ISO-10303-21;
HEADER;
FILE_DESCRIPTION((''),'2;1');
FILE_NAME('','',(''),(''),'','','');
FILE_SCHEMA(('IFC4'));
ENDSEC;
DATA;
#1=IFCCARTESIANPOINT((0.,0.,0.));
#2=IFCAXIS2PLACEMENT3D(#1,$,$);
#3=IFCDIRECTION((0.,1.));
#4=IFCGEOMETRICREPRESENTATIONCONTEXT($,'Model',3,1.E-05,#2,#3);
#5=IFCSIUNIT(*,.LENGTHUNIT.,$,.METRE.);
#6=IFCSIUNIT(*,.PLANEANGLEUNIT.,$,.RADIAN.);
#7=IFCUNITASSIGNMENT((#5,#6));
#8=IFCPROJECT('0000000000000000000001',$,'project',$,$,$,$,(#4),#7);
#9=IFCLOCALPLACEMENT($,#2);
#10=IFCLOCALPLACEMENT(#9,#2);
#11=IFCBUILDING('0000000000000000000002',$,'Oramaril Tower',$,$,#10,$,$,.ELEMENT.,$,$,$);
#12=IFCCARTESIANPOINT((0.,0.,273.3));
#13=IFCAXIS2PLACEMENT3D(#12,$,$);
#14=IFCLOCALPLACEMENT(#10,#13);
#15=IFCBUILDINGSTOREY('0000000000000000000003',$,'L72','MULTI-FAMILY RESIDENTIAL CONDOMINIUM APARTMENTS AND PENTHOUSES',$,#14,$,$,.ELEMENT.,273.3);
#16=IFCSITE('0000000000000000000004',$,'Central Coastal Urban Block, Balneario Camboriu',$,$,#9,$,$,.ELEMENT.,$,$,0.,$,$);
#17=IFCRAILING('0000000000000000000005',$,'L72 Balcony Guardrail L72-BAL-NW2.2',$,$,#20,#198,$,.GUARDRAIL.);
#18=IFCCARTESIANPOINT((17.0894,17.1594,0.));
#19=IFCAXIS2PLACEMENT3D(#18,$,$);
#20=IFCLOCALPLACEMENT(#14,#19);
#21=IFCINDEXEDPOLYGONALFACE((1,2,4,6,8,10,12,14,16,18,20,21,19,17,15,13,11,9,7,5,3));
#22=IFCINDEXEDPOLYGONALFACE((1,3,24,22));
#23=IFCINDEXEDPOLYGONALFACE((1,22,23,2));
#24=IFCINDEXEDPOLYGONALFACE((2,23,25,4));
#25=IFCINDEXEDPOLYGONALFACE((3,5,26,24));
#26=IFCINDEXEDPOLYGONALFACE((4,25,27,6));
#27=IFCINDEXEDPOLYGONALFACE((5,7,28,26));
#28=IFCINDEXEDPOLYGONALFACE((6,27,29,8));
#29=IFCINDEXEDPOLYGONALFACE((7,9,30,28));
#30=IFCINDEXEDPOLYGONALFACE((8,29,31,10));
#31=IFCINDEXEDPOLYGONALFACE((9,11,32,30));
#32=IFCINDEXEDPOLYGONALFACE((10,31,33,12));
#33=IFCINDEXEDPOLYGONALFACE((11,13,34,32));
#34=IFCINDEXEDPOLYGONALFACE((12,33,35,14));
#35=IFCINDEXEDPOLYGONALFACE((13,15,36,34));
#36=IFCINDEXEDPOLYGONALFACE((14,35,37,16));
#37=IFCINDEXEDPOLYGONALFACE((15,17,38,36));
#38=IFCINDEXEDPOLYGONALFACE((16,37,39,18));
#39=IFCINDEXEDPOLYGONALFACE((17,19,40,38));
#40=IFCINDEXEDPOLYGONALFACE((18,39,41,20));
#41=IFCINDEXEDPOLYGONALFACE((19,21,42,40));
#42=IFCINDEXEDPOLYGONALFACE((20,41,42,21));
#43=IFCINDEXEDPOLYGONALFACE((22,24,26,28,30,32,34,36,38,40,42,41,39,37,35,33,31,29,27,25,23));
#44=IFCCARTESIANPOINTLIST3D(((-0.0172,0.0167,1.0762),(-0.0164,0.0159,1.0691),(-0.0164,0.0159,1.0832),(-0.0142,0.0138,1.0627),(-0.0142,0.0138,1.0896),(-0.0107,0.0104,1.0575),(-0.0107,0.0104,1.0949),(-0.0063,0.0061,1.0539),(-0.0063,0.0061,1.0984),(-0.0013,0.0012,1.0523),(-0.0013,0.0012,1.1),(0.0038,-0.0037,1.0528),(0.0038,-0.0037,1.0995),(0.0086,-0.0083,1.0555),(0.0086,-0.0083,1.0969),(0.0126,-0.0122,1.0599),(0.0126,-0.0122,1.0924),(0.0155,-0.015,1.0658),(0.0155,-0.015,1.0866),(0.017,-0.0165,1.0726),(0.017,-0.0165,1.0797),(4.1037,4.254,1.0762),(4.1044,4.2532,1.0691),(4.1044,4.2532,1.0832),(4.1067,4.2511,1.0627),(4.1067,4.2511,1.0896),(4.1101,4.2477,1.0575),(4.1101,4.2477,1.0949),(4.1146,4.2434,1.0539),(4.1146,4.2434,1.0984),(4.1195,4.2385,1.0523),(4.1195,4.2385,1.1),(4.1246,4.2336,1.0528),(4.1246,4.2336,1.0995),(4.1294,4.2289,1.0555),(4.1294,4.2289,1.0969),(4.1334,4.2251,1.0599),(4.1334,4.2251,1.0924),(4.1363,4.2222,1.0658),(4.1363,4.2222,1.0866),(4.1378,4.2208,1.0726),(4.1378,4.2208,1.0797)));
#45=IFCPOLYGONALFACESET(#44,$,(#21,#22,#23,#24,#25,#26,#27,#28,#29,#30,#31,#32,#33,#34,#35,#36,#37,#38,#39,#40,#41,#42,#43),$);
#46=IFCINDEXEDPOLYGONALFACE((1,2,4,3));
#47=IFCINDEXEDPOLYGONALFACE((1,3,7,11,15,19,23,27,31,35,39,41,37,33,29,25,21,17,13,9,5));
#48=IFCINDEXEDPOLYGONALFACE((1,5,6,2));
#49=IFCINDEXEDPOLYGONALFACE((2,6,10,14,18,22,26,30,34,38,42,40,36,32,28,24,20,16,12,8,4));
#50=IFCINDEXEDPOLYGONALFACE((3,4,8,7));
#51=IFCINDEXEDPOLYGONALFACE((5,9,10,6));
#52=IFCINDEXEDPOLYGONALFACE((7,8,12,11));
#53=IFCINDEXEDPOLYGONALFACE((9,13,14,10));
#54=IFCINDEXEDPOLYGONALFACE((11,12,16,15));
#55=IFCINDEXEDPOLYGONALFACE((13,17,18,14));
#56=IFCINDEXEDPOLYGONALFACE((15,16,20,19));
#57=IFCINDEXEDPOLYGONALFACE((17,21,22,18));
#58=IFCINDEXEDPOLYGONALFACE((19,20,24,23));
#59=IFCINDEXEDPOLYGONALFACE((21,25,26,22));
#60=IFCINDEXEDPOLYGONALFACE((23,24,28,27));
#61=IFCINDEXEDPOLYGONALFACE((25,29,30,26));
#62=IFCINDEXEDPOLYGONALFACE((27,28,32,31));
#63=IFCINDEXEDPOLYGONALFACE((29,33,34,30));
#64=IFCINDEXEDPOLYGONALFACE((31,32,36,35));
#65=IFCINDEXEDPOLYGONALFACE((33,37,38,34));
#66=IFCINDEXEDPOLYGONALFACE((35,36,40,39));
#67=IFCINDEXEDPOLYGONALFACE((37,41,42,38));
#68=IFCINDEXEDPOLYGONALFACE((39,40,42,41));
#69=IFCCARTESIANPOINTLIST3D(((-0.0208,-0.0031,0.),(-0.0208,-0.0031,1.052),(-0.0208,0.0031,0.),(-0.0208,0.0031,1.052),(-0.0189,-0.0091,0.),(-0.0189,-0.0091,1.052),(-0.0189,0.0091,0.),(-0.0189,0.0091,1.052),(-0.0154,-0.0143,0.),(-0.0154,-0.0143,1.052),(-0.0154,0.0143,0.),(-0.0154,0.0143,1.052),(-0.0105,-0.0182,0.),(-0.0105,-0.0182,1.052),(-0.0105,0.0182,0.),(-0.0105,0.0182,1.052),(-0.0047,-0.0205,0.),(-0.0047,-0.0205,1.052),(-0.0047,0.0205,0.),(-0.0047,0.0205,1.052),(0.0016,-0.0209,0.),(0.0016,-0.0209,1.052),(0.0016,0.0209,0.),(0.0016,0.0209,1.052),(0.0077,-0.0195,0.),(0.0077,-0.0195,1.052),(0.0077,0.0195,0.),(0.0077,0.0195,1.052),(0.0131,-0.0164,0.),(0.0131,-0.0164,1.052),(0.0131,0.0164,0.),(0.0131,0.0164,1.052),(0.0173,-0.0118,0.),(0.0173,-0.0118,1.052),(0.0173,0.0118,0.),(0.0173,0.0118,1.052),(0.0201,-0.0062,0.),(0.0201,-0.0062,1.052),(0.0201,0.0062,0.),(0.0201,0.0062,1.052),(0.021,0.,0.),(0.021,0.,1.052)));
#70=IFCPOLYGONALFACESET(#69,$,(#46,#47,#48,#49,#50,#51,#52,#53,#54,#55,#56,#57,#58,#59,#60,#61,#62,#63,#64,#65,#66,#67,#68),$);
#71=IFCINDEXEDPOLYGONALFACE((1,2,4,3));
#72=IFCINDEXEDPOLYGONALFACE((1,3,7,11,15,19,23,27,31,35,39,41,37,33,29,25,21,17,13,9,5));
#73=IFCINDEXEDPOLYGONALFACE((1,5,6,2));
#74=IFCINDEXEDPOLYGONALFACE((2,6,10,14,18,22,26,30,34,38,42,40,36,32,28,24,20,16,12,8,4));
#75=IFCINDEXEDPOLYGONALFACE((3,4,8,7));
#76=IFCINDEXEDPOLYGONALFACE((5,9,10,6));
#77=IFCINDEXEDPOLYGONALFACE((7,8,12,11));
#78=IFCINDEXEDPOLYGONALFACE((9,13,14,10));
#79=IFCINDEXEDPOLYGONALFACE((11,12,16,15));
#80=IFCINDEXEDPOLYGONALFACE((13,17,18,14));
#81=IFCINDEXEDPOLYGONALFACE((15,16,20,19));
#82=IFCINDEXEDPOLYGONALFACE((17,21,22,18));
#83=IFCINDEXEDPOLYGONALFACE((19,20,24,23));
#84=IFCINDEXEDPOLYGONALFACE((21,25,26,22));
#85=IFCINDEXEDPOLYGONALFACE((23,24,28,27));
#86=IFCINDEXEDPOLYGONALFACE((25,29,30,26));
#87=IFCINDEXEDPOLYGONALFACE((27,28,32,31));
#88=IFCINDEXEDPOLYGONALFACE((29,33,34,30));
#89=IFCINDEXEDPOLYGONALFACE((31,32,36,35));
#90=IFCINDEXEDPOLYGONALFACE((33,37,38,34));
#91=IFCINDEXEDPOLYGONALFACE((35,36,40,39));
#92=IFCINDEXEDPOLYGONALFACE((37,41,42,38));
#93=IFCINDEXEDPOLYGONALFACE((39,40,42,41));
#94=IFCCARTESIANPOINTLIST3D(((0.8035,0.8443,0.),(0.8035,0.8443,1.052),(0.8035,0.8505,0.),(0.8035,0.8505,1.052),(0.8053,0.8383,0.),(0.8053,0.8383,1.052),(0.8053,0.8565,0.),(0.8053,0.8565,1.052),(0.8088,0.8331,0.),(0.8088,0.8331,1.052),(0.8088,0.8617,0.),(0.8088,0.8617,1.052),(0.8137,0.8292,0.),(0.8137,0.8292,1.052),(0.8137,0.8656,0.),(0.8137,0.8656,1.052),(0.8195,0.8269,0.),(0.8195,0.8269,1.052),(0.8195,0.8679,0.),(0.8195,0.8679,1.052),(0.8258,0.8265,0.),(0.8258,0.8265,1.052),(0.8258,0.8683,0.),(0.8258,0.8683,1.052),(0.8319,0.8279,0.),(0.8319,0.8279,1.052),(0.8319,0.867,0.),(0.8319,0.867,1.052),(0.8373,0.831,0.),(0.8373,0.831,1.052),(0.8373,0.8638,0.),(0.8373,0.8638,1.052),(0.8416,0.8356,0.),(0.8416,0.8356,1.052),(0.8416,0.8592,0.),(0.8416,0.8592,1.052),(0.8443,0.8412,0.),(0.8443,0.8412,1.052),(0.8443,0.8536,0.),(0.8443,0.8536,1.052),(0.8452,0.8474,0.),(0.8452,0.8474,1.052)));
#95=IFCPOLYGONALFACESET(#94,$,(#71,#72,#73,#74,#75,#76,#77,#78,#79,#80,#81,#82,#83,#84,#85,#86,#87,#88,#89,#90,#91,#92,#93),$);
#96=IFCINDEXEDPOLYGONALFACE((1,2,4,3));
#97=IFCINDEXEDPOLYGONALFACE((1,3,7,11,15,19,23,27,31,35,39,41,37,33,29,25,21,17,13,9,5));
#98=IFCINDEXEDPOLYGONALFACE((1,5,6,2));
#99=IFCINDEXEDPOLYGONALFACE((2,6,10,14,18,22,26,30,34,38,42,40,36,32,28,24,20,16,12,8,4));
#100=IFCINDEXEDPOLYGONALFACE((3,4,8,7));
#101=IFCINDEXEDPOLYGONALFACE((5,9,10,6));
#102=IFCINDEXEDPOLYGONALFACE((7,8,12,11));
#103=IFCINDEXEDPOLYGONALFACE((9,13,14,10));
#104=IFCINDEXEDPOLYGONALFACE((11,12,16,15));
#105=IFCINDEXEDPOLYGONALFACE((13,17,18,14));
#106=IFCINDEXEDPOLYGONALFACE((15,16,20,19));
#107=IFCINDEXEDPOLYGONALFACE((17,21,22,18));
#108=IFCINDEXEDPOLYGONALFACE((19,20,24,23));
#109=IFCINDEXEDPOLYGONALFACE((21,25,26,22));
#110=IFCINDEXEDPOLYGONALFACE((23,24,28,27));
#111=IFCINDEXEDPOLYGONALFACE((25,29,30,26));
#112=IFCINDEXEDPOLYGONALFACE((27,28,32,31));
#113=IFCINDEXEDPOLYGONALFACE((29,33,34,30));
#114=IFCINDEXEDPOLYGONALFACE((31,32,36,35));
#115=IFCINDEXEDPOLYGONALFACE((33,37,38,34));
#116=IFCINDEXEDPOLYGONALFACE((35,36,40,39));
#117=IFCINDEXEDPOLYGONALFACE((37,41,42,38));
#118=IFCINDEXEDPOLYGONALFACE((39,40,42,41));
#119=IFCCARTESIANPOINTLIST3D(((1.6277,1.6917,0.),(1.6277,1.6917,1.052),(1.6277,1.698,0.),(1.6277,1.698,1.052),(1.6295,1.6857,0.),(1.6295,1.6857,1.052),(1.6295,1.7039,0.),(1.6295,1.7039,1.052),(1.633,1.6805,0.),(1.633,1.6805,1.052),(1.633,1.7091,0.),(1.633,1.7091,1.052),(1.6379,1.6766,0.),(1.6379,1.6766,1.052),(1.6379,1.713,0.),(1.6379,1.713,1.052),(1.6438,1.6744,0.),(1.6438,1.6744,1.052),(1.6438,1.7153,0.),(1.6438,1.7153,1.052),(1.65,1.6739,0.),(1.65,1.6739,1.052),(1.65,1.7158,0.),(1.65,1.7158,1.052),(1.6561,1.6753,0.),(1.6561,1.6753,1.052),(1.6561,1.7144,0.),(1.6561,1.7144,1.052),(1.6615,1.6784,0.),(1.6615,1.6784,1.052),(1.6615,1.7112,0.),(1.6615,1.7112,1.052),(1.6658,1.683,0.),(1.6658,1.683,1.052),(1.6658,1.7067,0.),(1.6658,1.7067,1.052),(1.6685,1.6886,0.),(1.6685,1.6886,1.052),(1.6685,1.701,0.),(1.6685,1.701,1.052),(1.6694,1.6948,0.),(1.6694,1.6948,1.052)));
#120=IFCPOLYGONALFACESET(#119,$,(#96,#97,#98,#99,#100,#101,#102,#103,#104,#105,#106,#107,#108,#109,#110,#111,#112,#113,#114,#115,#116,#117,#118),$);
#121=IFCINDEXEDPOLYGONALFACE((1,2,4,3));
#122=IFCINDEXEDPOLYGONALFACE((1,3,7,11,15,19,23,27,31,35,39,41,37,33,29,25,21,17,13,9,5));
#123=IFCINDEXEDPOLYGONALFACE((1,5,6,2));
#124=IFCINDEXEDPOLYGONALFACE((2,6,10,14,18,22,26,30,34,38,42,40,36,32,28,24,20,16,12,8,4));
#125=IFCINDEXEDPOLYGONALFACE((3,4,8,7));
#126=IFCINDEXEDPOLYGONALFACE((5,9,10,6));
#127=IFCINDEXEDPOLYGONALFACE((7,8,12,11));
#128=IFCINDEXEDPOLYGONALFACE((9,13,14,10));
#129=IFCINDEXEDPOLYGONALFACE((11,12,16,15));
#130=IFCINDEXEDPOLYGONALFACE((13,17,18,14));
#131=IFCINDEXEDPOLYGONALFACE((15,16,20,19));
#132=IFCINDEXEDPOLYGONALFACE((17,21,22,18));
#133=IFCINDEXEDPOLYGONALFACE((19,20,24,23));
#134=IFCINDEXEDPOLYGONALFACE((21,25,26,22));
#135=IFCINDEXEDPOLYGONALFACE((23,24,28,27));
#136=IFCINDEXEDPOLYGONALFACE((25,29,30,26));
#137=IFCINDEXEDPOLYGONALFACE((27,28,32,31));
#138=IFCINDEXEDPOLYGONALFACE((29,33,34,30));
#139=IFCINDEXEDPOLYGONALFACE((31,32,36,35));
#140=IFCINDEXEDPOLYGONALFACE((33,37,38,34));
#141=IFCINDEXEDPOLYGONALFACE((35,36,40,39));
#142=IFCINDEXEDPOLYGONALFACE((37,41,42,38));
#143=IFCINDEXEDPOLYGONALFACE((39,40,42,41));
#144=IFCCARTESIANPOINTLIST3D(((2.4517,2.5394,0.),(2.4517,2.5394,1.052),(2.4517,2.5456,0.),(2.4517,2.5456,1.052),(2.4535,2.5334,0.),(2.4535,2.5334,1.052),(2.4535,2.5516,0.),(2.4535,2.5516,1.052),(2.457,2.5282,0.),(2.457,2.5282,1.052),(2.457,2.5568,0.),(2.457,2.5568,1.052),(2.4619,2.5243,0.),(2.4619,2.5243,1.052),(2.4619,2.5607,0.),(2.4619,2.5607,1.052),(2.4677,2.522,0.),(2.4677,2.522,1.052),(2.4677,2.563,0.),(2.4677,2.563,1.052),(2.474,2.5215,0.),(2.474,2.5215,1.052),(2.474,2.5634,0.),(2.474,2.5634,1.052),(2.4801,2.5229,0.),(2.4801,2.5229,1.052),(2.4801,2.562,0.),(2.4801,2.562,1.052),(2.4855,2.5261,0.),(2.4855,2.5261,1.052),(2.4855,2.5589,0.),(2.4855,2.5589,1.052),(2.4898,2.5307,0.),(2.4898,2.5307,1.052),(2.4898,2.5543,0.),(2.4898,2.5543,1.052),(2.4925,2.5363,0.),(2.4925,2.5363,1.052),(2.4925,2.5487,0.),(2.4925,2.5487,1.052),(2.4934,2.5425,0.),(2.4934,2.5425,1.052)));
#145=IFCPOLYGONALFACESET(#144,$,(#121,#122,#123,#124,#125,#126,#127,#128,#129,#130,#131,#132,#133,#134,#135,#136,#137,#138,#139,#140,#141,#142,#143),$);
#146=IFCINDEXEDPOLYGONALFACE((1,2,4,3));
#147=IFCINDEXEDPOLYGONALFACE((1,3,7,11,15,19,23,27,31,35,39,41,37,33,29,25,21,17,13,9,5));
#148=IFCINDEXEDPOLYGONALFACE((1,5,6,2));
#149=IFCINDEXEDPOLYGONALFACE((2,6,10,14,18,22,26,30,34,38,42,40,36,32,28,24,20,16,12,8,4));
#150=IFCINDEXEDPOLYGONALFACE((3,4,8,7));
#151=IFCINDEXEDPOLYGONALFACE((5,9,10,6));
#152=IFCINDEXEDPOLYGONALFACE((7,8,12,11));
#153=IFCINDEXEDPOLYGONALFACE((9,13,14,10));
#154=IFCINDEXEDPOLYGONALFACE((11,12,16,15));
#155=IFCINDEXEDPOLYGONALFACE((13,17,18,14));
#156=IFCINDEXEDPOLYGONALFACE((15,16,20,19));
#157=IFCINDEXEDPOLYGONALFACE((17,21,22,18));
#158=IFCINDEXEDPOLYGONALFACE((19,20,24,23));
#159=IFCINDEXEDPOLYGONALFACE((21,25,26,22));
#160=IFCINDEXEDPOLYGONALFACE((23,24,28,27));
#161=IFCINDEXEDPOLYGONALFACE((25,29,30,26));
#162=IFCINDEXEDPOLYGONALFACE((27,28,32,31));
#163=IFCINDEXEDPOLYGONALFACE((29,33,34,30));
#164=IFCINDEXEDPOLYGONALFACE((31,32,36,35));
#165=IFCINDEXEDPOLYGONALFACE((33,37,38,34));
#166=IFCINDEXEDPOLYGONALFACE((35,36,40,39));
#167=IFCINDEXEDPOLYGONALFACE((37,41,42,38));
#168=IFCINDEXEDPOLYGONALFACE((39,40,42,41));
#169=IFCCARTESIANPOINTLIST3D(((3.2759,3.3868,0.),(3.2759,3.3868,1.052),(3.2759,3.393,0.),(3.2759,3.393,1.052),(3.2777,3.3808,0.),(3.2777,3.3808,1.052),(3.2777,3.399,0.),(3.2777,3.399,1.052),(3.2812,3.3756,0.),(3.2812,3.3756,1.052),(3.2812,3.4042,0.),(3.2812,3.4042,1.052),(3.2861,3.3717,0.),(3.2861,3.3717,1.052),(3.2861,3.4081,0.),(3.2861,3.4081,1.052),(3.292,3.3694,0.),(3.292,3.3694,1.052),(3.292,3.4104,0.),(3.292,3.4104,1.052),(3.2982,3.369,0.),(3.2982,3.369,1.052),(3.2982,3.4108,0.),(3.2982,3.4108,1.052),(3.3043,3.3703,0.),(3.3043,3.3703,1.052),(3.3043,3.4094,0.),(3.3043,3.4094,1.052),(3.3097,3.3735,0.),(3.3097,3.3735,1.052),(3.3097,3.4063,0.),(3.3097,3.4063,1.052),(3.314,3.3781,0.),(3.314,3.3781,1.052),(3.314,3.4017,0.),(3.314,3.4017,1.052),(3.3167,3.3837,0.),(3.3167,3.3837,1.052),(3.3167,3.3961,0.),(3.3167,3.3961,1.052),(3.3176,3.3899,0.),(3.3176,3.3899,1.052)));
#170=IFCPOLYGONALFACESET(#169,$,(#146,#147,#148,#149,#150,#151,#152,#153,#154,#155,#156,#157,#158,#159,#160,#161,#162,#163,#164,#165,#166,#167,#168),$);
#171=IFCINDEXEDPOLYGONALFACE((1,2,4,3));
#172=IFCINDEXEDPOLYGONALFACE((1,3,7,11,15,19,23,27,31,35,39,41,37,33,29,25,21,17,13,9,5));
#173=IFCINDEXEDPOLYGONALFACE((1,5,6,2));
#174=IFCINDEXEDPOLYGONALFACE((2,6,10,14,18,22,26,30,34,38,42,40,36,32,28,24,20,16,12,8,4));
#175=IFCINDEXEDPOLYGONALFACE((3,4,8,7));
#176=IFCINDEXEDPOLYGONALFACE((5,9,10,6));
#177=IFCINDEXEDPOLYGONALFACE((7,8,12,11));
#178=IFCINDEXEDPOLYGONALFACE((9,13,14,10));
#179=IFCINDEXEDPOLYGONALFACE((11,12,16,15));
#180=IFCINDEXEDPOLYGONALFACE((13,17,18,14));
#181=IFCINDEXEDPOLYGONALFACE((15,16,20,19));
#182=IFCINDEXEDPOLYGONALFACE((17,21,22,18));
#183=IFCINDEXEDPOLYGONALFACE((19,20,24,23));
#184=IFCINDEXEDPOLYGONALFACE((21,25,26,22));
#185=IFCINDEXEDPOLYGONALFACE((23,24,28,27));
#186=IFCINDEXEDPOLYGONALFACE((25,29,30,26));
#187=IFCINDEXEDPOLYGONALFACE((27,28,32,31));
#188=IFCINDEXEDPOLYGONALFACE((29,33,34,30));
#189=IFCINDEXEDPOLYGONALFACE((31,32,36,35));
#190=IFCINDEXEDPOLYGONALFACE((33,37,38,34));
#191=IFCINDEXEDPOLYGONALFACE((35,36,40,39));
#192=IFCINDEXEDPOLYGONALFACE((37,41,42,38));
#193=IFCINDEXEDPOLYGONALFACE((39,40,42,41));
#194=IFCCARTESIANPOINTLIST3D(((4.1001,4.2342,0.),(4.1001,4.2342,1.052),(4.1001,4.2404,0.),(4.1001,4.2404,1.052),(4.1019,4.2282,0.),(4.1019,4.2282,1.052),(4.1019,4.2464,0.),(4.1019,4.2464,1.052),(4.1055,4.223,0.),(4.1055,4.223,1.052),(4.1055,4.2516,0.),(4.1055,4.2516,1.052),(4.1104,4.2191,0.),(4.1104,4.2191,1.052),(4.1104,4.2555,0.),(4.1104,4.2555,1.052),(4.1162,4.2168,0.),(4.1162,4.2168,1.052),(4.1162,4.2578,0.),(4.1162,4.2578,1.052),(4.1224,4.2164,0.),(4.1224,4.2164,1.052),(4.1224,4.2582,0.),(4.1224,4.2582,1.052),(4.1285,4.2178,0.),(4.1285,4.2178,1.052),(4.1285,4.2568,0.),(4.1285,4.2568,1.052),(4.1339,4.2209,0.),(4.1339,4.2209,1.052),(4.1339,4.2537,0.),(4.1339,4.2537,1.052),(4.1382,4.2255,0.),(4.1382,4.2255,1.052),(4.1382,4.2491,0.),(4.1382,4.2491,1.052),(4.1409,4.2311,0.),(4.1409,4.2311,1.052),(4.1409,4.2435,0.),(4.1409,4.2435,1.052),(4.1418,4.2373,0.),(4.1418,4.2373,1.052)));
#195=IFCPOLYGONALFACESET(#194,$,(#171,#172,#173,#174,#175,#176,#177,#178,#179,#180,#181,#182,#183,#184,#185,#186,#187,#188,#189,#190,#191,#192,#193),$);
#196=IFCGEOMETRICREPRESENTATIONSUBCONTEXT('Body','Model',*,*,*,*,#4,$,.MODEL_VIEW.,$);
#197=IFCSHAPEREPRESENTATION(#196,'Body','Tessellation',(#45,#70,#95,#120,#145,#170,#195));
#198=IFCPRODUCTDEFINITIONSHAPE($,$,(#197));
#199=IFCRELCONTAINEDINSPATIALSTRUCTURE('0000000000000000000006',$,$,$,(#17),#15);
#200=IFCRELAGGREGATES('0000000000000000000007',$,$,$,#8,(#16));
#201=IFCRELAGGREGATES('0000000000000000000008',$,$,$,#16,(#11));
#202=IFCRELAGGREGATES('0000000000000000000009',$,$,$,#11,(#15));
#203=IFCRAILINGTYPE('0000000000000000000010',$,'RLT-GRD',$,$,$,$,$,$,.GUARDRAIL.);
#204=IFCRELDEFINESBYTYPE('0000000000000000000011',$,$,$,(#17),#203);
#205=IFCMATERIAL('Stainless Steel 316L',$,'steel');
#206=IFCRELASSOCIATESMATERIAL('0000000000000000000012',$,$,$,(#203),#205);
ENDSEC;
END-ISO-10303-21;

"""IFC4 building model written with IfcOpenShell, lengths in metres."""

from ifc_helpers import new_model, si_unit, direction, frame, origin, origin_2d, place, context, subcontext, project, spatial, circle, extrude, material, type_object, element, save


model = new_model("IFC4")

# Units and contexts
model_context = context("Model", 3, precision=1e-05, world=origin(), true_north=direction((0.0, 1.0)))
body_context = subcontext(model_context, "Body", "Model", "MODEL_VIEW")
ifc_project = project(units=[si_unit("LENGTHUNIT", "METRE"), si_unit("PLANEANGLEUNIT", "RADIAN")], contexts=[model_context])

# Site, building, storey
site_placement = place(None, origin())
site = spatial("IfcSite", under=ifc_project, at=site_placement, Name="Central Coastal Urban Block, Balneario Camboriu", CompositionType="ELEMENT", RefElevation=0.0)
building_placement = place(site_placement, origin())
building = spatial("IfcBuilding", under=site, at=building_placement, Name="Oramaril Tower", CompositionType="ELEMENT")
storey_placement = place(building_placement, frame((0.0, 0.0, 273.3)))
storey = spatial("IfcBuildingStorey", under=building, at=storey_placement, Name="L72", Description="MULTI-FAMILY RESIDENTIAL CONDOMINIUM APARTMENTS AND PENTHOUSES", CompositionType="ELEMENT", Elevation=273.3)

# Railing
ifc_material_1 = material(Name="Stainless Steel 316L", Category="steel")
railing_type = type_object("IfcRailingType", Name="RLT-GRD", PredefinedType="GUARDRAIL", material=ifc_material_1)
railing_1_placement = place(storey_placement, frame((17.0894, 17.1594, 0.0)))
element("IfcRailing", 1, at=railing_1_placement, inside=storey, type_object=railing_type, Name="L72 Balcony Guardrail L72-BAL-NW2.2", PredefinedType="GUARDRAIL", context=body_context, shape_type="SweptSolid", body=[
    extrude(circle(Radius=0.0239, at=origin_2d()), frame((0.0, 0.0, 1.0762), z_axis=(0.697187, 0.716889, 0.0), x_axis=(-0.716889, 0.697187, 0.0)), (0.0, 0.0, 1.0), 5.9106),
    extrude(circle(Radius=0.021, at=origin_2d()), origin(), (0.0, 0.0, 1.0), 1.052),
    extrude(circle(Radius=0.021, at=origin_2d()), frame((0.8242, 0.8474, 0.0)), (0.0, 0.0, 1.0), 1.052),
    extrude(circle(Radius=0.021, at=origin_2d()), frame((1.6484, 1.6948, 0.0)), (0.0, 0.0, 1.0), 1.052),
    extrude(circle(Radius=0.021, at=origin_2d()), frame((2.4724, 2.5425, 0.0)), (0.0, 0.0, 1.0), 1.052),
    extrude(circle(Radius=0.021, at=origin_2d()), frame((3.2966, 3.3899, 0.0)), (0.0, 0.0, 1.0), 1.052),
    extrude(circle(Radius=0.021, at=origin_2d()), frame((4.1208, 4.2373, 0.0)), (0.0, 0.0, 1.0), 1.052),
])

save(model, "model.ifc")
